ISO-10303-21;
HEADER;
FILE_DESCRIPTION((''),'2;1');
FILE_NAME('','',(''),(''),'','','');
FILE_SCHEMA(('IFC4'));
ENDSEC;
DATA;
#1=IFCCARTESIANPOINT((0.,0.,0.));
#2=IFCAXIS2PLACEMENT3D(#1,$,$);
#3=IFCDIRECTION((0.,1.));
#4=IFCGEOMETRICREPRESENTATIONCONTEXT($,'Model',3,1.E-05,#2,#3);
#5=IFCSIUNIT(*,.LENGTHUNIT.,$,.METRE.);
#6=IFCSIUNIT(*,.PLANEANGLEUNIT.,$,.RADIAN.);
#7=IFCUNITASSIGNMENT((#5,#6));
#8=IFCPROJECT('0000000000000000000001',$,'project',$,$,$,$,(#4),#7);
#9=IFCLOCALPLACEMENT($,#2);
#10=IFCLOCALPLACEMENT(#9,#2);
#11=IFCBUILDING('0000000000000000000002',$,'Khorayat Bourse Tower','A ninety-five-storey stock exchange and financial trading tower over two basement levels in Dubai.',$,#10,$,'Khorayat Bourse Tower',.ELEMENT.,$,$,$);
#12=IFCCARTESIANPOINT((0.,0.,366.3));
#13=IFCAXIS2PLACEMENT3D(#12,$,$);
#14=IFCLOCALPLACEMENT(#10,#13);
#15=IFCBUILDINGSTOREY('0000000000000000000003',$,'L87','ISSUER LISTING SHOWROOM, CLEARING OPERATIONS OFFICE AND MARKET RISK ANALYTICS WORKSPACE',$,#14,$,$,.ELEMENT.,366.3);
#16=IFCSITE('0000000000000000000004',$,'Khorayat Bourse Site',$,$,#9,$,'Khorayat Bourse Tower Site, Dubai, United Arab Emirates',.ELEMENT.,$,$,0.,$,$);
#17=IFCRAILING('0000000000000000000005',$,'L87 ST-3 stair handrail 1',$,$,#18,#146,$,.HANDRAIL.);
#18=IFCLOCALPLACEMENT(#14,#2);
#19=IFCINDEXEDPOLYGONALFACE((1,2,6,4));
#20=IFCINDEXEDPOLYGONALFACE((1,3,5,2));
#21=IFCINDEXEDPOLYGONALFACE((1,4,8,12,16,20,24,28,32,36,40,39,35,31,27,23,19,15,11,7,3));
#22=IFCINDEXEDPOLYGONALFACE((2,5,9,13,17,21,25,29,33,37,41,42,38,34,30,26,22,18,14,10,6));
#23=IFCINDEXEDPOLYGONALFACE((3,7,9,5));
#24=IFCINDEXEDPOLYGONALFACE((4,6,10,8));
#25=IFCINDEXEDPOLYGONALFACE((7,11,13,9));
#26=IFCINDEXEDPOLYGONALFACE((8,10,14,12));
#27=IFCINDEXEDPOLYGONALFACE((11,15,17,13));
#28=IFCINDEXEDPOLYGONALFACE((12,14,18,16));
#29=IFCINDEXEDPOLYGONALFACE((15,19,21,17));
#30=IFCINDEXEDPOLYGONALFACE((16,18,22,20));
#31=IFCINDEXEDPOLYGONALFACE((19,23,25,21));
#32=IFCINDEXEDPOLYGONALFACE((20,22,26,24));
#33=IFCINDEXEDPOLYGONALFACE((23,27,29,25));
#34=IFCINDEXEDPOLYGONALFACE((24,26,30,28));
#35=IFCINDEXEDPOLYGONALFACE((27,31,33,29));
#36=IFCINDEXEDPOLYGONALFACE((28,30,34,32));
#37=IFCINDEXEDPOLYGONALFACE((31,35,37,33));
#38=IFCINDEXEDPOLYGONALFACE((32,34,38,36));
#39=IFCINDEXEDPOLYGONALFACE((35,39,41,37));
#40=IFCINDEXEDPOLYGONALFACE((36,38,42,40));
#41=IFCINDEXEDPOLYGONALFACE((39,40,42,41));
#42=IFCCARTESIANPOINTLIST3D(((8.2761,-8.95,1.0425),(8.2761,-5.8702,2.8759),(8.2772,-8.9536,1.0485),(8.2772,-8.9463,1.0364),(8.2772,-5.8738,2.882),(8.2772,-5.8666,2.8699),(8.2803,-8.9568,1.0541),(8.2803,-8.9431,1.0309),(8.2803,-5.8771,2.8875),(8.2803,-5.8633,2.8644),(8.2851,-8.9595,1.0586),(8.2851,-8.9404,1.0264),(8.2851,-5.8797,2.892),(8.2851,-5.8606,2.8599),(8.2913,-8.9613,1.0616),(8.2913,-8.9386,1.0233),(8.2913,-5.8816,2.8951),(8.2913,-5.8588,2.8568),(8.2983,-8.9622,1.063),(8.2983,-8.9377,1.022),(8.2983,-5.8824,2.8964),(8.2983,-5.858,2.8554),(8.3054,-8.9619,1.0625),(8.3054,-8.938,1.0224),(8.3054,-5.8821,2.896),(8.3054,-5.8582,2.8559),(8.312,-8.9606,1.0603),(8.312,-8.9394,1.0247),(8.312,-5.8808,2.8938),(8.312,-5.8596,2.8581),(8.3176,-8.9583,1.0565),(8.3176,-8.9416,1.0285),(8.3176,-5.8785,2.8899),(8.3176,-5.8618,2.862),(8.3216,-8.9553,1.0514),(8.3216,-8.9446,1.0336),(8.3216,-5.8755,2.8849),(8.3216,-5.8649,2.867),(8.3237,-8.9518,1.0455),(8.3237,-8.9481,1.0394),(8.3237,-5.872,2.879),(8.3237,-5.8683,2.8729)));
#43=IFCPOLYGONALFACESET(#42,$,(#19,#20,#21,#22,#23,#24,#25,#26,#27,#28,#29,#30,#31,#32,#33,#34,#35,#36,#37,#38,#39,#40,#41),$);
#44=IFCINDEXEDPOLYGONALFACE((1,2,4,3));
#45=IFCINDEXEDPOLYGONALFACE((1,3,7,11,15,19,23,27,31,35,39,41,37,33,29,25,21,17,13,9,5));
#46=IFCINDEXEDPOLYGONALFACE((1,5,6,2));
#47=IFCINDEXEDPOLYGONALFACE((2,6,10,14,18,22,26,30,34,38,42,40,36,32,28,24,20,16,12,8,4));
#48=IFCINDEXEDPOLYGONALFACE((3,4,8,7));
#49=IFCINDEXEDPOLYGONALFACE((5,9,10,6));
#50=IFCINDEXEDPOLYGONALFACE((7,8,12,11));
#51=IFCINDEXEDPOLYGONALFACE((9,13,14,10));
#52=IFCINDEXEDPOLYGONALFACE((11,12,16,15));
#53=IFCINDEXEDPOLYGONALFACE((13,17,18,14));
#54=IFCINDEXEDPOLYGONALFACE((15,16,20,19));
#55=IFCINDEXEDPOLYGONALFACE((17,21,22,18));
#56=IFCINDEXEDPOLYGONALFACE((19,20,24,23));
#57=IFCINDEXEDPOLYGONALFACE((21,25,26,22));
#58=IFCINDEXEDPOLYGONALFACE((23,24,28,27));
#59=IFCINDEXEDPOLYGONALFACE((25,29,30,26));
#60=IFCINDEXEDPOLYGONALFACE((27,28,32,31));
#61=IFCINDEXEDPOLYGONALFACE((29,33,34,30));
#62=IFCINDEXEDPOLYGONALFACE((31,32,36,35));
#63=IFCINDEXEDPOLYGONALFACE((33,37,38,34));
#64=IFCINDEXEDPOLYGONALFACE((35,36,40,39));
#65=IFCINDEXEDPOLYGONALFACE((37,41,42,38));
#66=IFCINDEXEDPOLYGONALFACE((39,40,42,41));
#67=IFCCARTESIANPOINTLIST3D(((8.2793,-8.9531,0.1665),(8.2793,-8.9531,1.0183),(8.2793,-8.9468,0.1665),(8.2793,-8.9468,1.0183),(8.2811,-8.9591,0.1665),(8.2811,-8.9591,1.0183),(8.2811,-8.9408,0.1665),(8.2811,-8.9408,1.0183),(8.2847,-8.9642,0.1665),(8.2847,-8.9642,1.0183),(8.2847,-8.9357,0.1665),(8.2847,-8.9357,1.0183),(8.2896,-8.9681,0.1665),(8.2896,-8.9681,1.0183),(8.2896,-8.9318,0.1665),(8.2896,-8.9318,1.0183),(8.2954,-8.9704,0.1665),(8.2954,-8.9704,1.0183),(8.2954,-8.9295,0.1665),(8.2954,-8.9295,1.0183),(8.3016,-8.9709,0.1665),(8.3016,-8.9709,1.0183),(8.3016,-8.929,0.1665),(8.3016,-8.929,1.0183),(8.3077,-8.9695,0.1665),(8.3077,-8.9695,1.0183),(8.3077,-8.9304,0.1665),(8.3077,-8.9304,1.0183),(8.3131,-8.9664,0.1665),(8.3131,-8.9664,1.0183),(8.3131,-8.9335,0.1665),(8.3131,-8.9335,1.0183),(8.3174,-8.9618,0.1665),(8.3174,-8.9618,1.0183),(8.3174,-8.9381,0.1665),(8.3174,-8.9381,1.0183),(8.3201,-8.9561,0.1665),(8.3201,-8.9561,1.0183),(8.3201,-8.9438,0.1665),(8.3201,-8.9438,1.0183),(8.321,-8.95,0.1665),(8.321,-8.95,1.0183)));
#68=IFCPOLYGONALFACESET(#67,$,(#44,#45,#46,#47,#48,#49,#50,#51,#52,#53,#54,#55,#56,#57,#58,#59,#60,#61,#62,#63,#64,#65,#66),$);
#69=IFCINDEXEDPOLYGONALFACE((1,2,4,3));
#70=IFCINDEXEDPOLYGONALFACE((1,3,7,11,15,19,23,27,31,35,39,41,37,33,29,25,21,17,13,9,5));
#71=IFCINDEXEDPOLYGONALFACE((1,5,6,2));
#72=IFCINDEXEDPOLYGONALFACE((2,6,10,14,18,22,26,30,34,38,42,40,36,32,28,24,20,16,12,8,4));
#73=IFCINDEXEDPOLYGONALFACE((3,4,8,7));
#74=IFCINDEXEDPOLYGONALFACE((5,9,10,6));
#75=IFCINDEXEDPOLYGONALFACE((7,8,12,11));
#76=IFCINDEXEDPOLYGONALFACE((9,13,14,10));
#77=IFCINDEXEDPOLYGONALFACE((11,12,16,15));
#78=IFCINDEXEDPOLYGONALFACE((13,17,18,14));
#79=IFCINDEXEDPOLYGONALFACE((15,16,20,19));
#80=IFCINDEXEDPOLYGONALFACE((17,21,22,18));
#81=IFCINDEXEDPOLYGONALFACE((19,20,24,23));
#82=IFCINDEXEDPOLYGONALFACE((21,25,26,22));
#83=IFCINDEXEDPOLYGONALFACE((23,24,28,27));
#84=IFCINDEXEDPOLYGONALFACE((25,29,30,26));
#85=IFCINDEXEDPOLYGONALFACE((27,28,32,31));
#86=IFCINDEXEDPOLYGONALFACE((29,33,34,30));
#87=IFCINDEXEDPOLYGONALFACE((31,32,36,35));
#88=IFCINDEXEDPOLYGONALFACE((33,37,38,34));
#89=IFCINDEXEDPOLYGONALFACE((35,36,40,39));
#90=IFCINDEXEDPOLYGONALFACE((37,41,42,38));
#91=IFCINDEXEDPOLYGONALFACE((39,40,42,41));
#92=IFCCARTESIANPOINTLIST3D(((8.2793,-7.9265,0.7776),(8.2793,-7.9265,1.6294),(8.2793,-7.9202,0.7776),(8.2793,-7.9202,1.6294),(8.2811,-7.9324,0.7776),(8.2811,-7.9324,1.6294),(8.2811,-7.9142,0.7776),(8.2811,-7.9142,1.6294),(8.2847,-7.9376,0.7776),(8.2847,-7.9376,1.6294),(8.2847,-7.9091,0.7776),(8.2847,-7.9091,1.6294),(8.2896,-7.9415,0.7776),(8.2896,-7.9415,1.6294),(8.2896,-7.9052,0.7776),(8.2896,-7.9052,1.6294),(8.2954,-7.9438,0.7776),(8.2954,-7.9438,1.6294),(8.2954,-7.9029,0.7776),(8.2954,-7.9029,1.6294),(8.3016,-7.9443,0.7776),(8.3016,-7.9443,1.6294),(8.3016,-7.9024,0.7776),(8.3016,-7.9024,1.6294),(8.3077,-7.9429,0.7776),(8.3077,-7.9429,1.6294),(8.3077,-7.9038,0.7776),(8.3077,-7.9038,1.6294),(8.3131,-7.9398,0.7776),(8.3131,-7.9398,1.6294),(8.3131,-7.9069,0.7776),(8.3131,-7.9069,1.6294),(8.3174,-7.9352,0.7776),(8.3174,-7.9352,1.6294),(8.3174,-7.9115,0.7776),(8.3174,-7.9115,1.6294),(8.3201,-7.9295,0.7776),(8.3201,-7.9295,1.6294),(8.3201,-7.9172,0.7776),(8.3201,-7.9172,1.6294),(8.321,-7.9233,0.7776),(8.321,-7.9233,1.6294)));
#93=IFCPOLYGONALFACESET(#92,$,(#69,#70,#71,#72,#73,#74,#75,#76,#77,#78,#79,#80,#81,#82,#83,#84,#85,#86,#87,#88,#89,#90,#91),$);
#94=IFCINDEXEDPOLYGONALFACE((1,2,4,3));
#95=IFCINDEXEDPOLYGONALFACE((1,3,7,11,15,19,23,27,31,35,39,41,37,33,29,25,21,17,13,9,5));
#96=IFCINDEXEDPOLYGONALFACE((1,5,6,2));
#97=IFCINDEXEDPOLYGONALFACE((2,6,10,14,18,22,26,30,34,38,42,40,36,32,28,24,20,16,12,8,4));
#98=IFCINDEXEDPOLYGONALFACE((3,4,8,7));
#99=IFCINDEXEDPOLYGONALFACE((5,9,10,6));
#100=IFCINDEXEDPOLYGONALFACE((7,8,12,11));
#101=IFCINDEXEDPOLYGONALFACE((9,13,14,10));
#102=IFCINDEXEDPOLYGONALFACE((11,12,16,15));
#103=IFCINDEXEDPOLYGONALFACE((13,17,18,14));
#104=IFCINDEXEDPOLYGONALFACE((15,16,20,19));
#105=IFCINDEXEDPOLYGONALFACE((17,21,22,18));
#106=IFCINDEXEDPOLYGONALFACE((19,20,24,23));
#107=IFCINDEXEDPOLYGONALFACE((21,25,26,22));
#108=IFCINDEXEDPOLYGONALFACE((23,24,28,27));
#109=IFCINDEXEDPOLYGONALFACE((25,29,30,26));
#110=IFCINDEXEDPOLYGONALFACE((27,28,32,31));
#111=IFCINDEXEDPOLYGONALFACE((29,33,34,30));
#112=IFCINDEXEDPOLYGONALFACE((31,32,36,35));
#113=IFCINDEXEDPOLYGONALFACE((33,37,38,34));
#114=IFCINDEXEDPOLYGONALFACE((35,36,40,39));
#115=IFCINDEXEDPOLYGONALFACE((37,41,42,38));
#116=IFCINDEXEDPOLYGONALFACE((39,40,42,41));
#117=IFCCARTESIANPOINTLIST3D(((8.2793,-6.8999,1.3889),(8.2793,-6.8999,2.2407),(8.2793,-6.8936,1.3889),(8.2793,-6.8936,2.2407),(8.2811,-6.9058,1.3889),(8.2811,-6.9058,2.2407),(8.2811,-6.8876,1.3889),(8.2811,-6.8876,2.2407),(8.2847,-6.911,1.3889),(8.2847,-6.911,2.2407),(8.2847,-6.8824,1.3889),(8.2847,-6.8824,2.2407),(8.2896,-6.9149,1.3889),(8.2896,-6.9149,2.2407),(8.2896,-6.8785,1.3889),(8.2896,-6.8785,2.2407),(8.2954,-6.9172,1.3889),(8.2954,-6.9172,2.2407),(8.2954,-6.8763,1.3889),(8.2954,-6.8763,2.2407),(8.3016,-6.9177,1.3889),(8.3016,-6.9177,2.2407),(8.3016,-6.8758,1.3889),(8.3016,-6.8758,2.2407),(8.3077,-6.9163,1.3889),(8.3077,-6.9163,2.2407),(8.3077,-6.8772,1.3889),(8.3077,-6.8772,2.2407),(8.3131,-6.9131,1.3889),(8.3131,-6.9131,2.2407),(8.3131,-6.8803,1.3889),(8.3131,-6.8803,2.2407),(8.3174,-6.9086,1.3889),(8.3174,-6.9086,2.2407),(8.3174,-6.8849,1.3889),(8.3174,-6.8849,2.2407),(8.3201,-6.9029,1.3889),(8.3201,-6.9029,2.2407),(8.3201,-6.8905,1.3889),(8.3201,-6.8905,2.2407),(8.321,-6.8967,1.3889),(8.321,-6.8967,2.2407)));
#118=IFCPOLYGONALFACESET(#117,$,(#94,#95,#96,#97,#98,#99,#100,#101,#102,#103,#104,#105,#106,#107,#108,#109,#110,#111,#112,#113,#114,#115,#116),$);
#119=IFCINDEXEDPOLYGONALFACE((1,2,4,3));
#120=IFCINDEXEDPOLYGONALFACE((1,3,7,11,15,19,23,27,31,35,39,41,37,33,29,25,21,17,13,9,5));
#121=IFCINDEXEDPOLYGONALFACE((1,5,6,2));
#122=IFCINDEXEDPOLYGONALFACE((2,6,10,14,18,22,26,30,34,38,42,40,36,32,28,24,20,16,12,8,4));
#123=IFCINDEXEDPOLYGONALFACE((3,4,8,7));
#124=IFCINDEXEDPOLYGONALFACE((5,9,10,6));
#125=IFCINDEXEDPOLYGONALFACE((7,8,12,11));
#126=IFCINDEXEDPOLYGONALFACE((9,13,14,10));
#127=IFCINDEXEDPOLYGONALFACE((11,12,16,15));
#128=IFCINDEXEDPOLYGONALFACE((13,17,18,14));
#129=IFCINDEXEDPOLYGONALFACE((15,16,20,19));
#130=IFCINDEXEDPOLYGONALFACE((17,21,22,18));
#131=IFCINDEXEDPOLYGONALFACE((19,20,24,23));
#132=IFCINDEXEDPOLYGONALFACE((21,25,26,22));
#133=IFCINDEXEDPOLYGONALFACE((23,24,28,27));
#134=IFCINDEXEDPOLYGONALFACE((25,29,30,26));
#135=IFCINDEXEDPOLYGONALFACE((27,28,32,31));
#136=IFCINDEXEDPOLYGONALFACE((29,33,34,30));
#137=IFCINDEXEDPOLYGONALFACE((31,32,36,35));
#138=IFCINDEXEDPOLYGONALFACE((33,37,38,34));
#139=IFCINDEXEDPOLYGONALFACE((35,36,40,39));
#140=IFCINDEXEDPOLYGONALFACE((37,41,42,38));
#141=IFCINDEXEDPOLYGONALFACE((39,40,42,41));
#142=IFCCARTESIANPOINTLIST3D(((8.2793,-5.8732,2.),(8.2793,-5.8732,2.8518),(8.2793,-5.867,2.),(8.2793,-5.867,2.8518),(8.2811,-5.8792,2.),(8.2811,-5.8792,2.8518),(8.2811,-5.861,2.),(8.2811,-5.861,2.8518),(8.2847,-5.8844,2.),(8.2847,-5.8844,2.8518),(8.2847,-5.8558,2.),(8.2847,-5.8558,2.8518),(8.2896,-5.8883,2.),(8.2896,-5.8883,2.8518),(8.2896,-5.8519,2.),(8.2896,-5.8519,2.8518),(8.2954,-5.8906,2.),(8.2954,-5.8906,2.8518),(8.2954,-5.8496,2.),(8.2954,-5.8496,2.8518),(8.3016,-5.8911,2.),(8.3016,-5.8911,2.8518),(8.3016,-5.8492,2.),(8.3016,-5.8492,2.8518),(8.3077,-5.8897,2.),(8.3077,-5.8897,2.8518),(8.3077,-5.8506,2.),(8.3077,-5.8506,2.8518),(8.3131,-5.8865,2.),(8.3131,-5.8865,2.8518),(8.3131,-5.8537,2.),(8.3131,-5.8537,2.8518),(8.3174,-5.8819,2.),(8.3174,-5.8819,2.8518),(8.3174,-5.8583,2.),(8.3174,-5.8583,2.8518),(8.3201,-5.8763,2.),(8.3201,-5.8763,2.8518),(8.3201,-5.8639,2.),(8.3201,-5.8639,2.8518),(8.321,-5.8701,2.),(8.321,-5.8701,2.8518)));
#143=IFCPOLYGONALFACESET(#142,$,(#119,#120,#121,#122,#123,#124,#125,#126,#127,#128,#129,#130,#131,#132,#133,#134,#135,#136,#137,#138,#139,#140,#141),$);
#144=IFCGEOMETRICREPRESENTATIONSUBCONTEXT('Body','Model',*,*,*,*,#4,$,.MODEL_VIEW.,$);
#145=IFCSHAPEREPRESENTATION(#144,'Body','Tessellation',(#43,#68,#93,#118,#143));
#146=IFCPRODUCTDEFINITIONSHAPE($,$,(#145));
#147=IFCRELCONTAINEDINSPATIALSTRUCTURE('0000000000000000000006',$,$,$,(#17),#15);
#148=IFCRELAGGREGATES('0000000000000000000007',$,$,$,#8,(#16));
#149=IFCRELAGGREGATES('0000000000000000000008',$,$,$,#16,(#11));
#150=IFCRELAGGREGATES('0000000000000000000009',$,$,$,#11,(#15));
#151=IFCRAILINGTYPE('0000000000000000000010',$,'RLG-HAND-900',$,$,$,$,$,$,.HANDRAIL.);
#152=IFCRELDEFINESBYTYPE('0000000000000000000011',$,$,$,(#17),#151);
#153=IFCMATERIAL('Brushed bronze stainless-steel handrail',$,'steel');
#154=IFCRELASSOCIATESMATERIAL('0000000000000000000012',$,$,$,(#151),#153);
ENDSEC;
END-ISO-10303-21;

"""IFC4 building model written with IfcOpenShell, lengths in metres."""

from ifc_helpers import new_model, si_unit, direction, frame, origin, origin_2d, place, context, subcontext, project, spatial, circle, extrude, source, transform, mapped, material, type_object, element, save


model = new_model("IFC4")

# Units and contexts
model_context = context("Model", 3, precision=1e-05, world=origin(), true_north=direction((0.0, 1.0)))
body_context = subcontext(model_context, "Body", "Model", "MODEL_VIEW")
ifc_project = project(units=[si_unit("LENGTHUNIT", "METRE"), si_unit("PLANEANGLEUNIT", "RADIAN")], contexts=[model_context])

# Site, building, storey
site_placement = place(None, origin())
site = spatial("IfcSite", under=ifc_project, at=site_placement, Name="Khorayat Bourse Site", LongName="Khorayat Bourse Tower Site, Dubai, United Arab Emirates", CompositionType="ELEMENT", RefElevation=0.0)
building_placement = place(site_placement, origin())
building = spatial("IfcBuilding", under=site, at=building_placement, Name="Khorayat Bourse Tower", Description="A ninety-five-storey stock exchange and financial trading tower over two basement levels in Dubai.", LongName="Khorayat Bourse Tower", CompositionType="ELEMENT")
storey_placement = place(building_placement, frame((0.0, 0.0, 366.3)))
storey = spatial("IfcBuildingStorey", under=building, at=storey_placement, Name="L87", Description="ISSUER LISTING SHOWROOM, CLEARING OPERATIONS OFFICE AND MARKET RISK ANALYTICS WORKSPACE", CompositionType="ELEMENT", Elevation=366.3)

# Railing
ifc_material_1 = material(Name="Brushed bronze stainless-steel handrail", Category="steel")
railing_type_1 = type_object("IfcRailingType", Name="RLG-HAND-900", PredefinedType="HANDRAIL", material=ifc_material_1)
shared_shape_1 = source(origin(), body_context, "Body", "SweptSolid", [
    extrude(circle(Radius=0.0239, at=origin_2d()), frame((0.0, 0.0, 0.876), z_axis=(0.0, 0.859261, 0.511538), x_axis=(-1.0, 0.0, 0.0)), (0.0, 0.0, 1.0), 3.5842),
    extrude(circle(Radius=0.021, at=origin_2d()), origin(), (0.0, 0.0, 1.0), 0.8518),
    extrude(circle(Radius=0.021, at=origin_2d()), frame((0.0, 1.0266, 0.6111)), (0.0, 0.0, 1.0), 0.8518),
    extrude(circle(Radius=0.021, at=origin_2d()), frame((0.0, 2.0532, 1.2224)), (0.0, 0.0, 1.0), 0.8518),
    extrude(circle(Radius=0.021, at=origin_2d()), frame((0.0, 3.0798, 1.8335)), (0.0, 0.0, 1.0), 0.8518),
])
railing_1_placement = place(storey_placement, frame((8.3, -8.95, 0.1665)))
element("IfcRailing", 1, at=railing_1_placement, inside=storey, type_object=railing_type_1, Name="L87 ST-3 stair handrail 1", PredefinedType="HANDRAIL", context=body_context, shape_type="MappedRepresentation", body=[
    mapped(shared_shape_1, transform((0.0, 0.0, 0.0), scale=1.0)),
])

save(model, "model.ifc")
